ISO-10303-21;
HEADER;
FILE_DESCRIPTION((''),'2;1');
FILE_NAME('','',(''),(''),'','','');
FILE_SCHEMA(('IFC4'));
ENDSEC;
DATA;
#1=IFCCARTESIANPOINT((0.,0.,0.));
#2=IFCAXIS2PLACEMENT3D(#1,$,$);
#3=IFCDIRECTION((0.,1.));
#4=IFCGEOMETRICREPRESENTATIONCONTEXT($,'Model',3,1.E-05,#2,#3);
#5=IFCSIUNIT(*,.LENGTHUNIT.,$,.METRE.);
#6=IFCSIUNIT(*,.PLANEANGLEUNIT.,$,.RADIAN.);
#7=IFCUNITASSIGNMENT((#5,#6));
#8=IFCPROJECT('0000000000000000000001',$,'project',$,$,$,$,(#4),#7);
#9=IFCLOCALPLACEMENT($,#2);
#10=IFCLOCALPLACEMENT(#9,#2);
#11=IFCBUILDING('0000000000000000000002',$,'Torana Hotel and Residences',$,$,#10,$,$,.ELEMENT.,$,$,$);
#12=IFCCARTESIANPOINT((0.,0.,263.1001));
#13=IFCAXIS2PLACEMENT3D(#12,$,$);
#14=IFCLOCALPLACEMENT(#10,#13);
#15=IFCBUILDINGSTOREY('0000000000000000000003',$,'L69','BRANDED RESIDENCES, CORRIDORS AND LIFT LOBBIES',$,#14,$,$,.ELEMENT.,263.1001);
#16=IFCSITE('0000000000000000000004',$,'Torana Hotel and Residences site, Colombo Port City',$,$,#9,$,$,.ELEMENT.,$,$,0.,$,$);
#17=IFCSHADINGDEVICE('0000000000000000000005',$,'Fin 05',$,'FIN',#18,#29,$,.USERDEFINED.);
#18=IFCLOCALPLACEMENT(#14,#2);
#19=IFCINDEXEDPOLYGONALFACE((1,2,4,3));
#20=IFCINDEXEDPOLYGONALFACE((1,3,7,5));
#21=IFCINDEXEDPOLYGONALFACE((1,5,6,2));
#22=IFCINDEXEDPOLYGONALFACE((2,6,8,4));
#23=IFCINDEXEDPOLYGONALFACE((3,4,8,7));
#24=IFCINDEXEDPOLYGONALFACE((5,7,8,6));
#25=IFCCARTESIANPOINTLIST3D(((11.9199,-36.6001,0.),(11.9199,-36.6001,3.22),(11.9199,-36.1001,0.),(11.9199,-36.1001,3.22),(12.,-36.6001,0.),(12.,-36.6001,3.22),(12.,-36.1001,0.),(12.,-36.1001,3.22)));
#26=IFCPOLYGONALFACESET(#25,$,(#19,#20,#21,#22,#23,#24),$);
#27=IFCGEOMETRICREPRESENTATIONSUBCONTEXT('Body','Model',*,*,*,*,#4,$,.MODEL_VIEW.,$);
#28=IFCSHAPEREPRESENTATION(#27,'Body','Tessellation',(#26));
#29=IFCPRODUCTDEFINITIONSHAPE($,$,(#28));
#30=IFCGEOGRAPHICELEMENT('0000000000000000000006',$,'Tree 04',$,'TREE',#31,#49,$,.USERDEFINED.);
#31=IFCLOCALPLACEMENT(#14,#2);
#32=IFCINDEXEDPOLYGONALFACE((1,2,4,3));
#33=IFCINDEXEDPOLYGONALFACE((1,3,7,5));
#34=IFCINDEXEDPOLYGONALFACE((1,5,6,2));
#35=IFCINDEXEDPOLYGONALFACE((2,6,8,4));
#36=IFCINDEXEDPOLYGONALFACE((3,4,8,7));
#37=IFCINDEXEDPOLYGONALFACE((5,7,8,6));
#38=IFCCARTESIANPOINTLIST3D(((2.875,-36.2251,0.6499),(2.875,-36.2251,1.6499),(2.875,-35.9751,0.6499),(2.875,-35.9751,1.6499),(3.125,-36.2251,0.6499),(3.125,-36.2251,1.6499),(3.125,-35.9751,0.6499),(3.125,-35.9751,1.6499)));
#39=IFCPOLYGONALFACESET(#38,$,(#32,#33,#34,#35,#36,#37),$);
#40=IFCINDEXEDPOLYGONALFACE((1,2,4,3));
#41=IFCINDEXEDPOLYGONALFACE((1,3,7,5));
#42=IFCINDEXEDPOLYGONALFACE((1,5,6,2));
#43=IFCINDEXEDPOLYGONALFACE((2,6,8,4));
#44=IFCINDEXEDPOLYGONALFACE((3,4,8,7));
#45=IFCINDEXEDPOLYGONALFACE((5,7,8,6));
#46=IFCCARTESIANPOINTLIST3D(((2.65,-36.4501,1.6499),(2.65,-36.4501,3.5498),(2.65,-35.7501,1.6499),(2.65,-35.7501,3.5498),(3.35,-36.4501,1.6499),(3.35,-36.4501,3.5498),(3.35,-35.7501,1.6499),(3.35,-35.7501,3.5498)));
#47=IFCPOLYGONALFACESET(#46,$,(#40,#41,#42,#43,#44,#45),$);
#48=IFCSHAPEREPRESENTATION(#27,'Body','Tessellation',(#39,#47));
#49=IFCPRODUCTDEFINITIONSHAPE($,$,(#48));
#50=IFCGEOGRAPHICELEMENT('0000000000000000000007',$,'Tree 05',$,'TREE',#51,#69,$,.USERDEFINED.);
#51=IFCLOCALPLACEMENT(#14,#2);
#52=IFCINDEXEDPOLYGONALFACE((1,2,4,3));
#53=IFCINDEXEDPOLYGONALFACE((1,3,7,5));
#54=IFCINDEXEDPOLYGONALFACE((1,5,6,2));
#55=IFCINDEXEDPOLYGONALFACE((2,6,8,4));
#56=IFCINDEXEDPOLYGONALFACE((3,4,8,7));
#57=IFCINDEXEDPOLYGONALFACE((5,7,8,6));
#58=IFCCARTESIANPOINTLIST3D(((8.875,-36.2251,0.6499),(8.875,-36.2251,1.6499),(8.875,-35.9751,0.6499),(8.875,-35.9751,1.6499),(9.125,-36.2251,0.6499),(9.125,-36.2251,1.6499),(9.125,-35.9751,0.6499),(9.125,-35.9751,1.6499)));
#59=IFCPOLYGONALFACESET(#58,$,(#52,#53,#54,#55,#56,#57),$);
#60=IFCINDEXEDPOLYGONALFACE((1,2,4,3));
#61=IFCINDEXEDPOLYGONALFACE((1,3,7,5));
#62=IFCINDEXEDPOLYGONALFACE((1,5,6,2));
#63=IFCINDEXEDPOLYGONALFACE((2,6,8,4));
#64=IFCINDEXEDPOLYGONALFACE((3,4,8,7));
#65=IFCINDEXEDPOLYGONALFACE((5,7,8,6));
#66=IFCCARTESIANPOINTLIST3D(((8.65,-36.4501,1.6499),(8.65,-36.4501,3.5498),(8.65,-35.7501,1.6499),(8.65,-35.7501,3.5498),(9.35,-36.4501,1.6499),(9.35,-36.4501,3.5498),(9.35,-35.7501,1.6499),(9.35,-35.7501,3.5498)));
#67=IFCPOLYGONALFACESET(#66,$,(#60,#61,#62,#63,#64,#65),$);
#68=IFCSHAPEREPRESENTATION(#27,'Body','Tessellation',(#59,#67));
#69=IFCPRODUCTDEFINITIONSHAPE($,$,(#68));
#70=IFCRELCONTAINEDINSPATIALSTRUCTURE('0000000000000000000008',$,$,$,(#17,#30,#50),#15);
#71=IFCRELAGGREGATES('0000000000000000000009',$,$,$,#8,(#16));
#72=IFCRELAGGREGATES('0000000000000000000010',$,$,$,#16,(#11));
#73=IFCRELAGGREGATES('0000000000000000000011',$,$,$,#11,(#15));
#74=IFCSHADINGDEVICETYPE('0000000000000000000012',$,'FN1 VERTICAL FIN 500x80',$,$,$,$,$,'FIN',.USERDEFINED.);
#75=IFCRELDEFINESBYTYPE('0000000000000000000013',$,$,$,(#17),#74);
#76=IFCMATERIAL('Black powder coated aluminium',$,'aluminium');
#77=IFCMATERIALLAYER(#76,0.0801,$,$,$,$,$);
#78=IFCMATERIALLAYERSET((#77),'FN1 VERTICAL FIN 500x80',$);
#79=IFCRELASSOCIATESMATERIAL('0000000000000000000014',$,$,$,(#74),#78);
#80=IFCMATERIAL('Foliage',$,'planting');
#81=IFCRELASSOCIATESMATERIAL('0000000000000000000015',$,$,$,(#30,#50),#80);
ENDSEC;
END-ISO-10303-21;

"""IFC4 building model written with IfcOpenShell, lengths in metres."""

from ifc_helpers import new_model, si_unit, direction, frame, origin, origin_2d, place, context, subcontext, project, spatial, rectangle, extrude, material, layer, layer_set, type_object, element, save


model = new_model("IFC4")

# Units and contexts
model_context = context("Model", 3, precision=1e-05, world=origin(), true_north=direction((0.0, 1.0)))
body_context = subcontext(model_context, "Body", "Model", "MODEL_VIEW")
ifc_project = project(units=[si_unit("LENGTHUNIT", "METRE"), si_unit("PLANEANGLEUNIT", "RADIAN")], contexts=[model_context])

# Site, building, storey
site_placement = place(None, origin())
site = spatial("IfcSite", under=ifc_project, at=site_placement, Name="Torana Hotel and Residences site, Colombo Port City", CompositionType="ELEMENT", RefElevation=0.0)
building_placement = place(site_placement, origin())
building = spatial("IfcBuilding", under=site, at=building_placement, Name="Torana Hotel and Residences", CompositionType="ELEMENT")
storey_placement = place(building_placement, frame((0.0, 0.0, 263.1001)))
storey = spatial("IfcBuildingStorey", under=building, at=storey_placement, Name="L69", Description="BRANDED RESIDENCES, CORRIDORS AND LIFT LOBBIES", CompositionType="ELEMENT", Elevation=263.1001)

# Shading device
ifc_material_1 = material(Name="Black powder coated aluminium", Category="aluminium")
ifc_layer_1 = layer(ifc_material_1, 0.0801)
ifc_layer_set_1 = layer_set([ifc_layer_1], Name="FN1 VERTICAL FIN 500x80")
shading_device_type = type_object("IfcShadingDeviceType", Name="FN1 VERTICAL FIN 500x80", ElementType="FIN", PredefinedType="USERDEFINED", material=ifc_layer_set_1)
shading_device_placement = place(storey_placement, frame((11.96, -36.3501, 0.0), z_axis=(0.0, 0.0, 1.0), x_axis=(-1.0, 0.0, 0.0)))
element("IfcShadingDevice", 1, at=shading_device_placement, inside=storey, type_object=shading_device_type, Name="Fin 05", ObjectType="FIN", PredefinedType="USERDEFINED", context=body_context, shape_type="SweptSolid", body=[
    extrude(rectangle(XDim=0.0801, YDim=0.5, at=origin_2d()), origin(), (0.0, 0.0, 1.0), 3.22),
])

# Geographic elements
ifc_material_2 = material(Name="Foliage", Category="planting")
for number, where, z_axis, x_axis, name in (
    (2, (3.0, -36.1001, 0.6499), (0.0, 0.0, 1.0), (1.0, 0.0, 0.0), "Tree 04"),
    (3, (9.0, -36.1001, 0.6499), (0.0, 0.0, 1.0), (1.0, 0.0, 0.0), "Tree 05"),
):
    element("IfcGeographicElement", number, at=place(storey_placement, frame(where, z_axis=z_axis, x_axis=x_axis)), inside=storey, material=ifc_material_2, Name=name, ObjectType="TREE", PredefinedType="USERDEFINED", context=body_context, shape_type="SweptSolid", body=[
        extrude(rectangle(XDim=0.25, YDim=0.25, at=origin_2d()), origin(), (0.0, 0.0, 1.0), 1.0),
        extrude(rectangle(XDim=0.7, YDim=0.7, at=origin_2d()), frame((0.0, 0.0, 1.0)), (0.0, 0.0, 1.0), 1.8999),
    ])

save(model, "model.ifc")
